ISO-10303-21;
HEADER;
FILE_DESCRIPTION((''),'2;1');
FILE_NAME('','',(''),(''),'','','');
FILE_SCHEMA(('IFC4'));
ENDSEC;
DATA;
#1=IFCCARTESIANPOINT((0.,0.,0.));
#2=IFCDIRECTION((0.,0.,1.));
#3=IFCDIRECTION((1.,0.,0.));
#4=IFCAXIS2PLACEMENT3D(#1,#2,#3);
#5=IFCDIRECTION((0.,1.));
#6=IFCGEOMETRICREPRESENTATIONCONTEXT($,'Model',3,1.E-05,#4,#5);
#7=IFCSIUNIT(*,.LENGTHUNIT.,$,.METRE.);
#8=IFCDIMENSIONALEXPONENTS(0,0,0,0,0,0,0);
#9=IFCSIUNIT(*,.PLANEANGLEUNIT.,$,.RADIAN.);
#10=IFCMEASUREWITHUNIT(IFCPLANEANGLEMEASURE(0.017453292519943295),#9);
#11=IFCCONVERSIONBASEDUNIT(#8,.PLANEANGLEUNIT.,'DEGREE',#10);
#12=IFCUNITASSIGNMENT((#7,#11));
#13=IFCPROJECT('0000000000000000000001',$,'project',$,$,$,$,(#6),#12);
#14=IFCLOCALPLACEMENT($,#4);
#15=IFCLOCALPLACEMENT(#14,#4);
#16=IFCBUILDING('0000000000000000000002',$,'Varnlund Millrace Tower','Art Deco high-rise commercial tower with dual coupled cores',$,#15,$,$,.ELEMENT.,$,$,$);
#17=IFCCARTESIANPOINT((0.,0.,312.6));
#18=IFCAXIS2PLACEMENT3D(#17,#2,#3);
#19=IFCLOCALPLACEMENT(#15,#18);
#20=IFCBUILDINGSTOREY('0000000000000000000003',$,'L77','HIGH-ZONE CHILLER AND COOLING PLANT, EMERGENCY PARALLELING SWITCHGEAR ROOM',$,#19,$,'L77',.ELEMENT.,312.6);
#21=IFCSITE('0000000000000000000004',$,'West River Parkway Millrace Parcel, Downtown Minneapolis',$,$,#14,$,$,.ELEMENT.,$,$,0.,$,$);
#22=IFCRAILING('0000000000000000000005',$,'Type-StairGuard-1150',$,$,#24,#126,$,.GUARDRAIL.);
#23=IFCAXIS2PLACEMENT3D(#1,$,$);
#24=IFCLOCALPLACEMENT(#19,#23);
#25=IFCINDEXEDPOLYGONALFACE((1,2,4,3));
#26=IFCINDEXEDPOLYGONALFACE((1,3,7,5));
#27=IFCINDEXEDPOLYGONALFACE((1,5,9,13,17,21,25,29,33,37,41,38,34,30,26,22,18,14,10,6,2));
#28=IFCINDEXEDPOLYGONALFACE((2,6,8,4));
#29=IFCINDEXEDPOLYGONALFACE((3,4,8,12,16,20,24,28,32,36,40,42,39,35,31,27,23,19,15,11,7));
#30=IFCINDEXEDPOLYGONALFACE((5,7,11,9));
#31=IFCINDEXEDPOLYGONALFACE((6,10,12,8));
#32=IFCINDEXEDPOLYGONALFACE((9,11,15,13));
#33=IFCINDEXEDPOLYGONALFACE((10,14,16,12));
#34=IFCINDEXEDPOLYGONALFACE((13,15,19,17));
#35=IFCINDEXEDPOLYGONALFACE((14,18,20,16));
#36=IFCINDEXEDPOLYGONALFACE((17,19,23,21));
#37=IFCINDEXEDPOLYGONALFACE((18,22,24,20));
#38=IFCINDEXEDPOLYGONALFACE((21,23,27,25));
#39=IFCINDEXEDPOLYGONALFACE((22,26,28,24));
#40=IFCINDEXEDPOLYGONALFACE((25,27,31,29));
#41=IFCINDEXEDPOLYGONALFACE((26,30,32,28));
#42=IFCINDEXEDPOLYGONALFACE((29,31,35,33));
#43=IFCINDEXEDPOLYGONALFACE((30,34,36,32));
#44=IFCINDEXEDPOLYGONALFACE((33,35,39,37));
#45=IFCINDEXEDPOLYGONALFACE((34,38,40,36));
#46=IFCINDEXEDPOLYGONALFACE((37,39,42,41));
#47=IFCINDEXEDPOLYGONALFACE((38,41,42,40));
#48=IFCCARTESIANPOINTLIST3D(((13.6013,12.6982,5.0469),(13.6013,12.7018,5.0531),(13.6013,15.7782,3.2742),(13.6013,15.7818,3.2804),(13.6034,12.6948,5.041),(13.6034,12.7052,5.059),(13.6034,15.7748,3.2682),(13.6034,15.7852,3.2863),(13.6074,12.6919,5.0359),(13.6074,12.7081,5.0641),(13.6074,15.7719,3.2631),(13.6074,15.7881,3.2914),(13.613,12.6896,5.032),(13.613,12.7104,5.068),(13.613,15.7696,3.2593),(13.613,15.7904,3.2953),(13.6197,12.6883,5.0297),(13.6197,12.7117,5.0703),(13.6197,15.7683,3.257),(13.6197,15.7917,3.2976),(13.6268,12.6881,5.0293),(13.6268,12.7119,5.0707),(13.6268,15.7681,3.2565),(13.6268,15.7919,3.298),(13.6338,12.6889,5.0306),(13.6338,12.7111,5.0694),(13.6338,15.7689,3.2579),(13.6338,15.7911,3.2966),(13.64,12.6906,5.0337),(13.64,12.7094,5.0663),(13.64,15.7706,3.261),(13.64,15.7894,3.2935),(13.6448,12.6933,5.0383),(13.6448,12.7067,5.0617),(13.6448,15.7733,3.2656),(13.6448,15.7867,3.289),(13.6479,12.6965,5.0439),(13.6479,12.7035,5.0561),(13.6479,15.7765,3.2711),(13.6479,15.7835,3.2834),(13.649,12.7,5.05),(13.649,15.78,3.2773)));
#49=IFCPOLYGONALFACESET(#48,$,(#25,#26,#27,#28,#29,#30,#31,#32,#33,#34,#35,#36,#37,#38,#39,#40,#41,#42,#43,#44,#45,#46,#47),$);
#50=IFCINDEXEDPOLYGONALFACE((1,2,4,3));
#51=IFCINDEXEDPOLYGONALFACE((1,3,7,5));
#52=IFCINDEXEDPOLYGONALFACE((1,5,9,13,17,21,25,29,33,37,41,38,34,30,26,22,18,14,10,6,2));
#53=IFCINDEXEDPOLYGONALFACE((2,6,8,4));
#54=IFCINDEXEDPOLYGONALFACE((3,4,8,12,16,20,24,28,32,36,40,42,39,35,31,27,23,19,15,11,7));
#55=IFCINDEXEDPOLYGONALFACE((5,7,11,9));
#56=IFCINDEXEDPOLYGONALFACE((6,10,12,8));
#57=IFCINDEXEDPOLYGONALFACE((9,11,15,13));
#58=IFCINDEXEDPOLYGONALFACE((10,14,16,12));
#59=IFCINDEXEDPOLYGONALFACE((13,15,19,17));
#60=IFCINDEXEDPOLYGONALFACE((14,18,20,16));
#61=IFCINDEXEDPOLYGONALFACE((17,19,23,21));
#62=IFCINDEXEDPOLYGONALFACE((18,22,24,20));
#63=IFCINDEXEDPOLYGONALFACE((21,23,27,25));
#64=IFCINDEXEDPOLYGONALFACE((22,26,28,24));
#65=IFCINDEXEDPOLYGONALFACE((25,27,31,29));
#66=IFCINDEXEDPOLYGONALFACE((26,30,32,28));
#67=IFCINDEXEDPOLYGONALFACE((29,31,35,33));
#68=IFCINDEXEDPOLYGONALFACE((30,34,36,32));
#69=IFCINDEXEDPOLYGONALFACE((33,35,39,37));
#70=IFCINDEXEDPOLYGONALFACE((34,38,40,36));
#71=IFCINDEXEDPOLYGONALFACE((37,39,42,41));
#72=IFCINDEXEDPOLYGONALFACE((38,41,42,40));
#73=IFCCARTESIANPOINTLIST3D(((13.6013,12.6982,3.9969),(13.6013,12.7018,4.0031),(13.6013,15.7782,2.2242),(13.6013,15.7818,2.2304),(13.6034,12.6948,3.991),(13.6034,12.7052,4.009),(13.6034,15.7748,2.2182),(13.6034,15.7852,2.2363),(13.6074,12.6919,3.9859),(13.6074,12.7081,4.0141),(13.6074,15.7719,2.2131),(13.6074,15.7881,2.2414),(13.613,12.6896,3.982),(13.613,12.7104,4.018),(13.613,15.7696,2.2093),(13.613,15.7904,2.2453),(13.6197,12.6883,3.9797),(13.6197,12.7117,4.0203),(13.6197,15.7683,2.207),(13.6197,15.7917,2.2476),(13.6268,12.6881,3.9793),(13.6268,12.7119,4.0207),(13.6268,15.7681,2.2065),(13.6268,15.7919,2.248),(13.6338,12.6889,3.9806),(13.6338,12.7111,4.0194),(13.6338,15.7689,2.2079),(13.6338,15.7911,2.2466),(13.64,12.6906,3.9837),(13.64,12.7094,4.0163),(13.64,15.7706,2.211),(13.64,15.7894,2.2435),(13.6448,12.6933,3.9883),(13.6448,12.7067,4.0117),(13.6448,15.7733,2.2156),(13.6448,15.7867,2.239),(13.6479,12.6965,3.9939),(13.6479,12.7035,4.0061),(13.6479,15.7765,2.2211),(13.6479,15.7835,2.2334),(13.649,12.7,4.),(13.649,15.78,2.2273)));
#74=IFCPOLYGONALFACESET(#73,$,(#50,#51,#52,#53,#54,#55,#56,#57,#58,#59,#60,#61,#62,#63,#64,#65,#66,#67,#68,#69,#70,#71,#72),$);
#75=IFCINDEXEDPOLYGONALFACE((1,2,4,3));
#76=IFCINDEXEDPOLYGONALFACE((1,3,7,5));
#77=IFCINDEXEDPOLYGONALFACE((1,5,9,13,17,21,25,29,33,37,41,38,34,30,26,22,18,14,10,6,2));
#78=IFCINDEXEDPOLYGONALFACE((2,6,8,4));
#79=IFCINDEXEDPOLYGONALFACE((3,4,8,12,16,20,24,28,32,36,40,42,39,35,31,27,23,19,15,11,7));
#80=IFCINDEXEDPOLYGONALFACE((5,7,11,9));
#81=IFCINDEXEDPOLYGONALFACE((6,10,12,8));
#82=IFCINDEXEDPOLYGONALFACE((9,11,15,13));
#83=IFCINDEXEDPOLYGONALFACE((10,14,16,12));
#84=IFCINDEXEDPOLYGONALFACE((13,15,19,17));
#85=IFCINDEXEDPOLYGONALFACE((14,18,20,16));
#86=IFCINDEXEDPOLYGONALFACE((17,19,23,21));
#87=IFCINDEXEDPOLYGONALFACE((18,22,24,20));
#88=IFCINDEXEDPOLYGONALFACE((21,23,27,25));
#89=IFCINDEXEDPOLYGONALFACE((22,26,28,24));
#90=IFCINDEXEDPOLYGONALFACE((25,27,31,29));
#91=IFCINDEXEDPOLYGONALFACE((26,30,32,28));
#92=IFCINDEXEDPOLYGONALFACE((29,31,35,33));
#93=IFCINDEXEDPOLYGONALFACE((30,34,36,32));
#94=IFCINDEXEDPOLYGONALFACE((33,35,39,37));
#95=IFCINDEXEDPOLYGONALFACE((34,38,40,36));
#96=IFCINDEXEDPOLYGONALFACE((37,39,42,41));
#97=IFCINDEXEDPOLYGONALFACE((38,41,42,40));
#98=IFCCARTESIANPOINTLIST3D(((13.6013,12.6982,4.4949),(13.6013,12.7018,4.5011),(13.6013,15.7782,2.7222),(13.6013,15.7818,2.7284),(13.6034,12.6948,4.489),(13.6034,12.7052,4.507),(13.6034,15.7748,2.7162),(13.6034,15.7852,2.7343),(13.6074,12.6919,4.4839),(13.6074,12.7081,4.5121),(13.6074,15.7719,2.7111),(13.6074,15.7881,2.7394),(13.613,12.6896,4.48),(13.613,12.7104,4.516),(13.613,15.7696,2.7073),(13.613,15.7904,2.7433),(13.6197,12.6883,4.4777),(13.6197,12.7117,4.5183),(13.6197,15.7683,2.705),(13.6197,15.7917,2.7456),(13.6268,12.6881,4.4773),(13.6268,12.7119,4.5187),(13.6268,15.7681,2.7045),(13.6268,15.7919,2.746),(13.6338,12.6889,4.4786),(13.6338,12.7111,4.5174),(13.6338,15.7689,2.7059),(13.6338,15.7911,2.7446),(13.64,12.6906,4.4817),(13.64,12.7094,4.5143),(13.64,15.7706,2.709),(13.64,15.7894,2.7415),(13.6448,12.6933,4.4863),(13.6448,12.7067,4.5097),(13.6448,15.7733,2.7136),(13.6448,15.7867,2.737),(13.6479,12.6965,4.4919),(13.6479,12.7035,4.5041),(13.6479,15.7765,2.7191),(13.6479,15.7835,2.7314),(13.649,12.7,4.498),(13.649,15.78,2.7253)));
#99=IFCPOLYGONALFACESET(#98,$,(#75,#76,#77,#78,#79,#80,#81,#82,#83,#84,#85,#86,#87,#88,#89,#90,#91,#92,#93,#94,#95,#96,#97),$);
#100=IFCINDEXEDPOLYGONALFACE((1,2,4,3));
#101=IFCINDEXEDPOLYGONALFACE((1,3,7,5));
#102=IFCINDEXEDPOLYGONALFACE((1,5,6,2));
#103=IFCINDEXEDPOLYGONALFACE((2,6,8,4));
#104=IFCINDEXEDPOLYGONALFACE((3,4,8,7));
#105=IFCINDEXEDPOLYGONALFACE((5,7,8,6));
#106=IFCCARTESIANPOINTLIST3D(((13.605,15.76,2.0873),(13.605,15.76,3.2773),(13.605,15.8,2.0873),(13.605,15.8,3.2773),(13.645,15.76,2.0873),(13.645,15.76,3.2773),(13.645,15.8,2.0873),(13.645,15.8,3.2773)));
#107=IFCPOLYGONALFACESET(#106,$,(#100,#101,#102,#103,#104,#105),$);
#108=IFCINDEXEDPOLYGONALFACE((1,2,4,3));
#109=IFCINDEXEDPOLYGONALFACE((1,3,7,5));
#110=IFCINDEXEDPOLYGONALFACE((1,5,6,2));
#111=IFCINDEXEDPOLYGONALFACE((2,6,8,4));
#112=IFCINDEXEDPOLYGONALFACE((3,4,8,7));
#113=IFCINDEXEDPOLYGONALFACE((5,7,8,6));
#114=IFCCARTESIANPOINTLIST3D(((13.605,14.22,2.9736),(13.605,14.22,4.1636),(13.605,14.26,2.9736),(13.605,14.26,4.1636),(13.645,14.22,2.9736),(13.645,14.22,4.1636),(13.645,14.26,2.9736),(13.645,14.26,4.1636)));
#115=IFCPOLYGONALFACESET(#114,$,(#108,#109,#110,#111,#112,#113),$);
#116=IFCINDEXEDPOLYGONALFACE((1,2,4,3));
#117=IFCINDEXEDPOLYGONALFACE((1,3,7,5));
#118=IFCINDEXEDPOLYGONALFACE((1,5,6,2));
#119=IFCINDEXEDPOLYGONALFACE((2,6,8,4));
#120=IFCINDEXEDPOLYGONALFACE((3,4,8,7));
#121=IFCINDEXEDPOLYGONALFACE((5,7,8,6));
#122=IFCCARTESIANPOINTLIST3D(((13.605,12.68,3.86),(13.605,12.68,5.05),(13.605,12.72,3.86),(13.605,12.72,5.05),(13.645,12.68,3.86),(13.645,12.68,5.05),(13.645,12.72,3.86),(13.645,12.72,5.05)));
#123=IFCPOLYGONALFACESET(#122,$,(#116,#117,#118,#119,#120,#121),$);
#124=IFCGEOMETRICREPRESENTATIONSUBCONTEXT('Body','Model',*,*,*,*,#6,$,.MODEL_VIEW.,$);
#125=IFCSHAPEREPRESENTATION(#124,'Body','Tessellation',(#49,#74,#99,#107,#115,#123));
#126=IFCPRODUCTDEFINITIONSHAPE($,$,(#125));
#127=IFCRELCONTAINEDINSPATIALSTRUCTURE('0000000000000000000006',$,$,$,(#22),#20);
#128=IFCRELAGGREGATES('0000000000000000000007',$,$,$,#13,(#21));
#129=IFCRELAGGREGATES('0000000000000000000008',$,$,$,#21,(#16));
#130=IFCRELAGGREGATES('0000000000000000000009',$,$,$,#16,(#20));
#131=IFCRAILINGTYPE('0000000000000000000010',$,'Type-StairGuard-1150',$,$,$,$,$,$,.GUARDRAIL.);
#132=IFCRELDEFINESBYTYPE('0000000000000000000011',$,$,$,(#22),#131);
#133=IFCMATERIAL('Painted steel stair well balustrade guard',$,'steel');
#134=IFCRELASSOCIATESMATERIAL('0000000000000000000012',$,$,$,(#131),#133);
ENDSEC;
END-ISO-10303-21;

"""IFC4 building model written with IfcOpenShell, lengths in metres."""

from ifc_helpers import new_model, entity, si_unit, converted_unit, direction, frame, origin_with_axes, origin_2d_with_axis, place, context, subcontext, project, spatial, rectangle, circle, extrude, material, type_object, element, save


model = new_model("IFC4")

# Units and contexts
model_context = context("Model", 3, precision=1e-05, world=origin_with_axes(), true_north=direction((0.0, 1.0)))
body_context = subcontext(model_context, "Body", "Model", "MODEL_VIEW")
ifc_project = project(units=[si_unit("LENGTHUNIT", "METRE"), converted_unit("PLANEANGLEUNIT", "DEGREE", entity("IfcPlaneAngleMeasure", 0.017453292519943295), si_unit("PLANEANGLEUNIT", "RADIAN"), dimensions=[0, 0, 0, 0, 0, 0, 0])], contexts=[model_context])

# Site, building, storey
site_placement = place(None, origin_with_axes())
site = spatial("IfcSite", under=ifc_project, at=site_placement, Name="West River Parkway Millrace Parcel, Downtown Minneapolis", CompositionType="ELEMENT", RefElevation=0.0)
building_placement = place(site_placement, origin_with_axes())
building = spatial("IfcBuilding", under=site, at=building_placement, Name="Varnlund Millrace Tower", Description="Art Deco high-rise commercial tower with dual coupled cores", CompositionType="ELEMENT")
storey_placement = place(building_placement, frame((0.0, 0.0, 312.6), z_axis=(0.0, 0.0, 1.0), x_axis=(1.0, 0.0, 0.0)))
storey = spatial("IfcBuildingStorey", under=building, at=storey_placement, Name="L77", Description="HIGH-ZONE CHILLER AND COOLING PLANT, EMERGENCY PARALLELING SWITCHGEAR ROOM", LongName="L77", CompositionType="ELEMENT", Elevation=312.6)

# Railing
ifc_material_1 = material(Name="Painted steel stair well balustrade guard", Category="steel")
railing_type_1 = type_object("IfcRailingType", Name="Type-StairGuard-1150", PredefinedType="GUARDRAIL", material=ifc_material_1)
railing_1_placement = place(storey_placement, frame((0.0, 0.0, -312.6), z_axis=(0.0, 0.0, 1.0), x_axis=(1.0, 0.0, 0.0)))
element("IfcRailing", 1, at=railing_1_placement, inside=storey, type_object=railing_type_1, Name="Type-StairGuard-1150", PredefinedType="GUARDRAIL", context=body_context, shape_type="SweptSolid", body=[
    extrude(circle(Radius=0.024, at=origin_2d_with_axis()), frame((13.625, 15.78, 315.8773), z_axis=(0.0, -0.866696, 0.498836), x_axis=(1.0, 0.0, 0.0)), (0.0, 0.0, 1.0), 3.5537),
    extrude(circle(Radius=0.024, at=origin_2d_with_axis()), frame((13.625, 15.78, 314.8273), z_axis=(0.0, -0.866696, 0.498836), x_axis=(1.0, 0.0, 0.0)), (0.0, 0.0, 1.0), 3.5537),
    extrude(circle(Radius=0.024, at=origin_2d_with_axis()), frame((13.625, 15.78, 315.3253), z_axis=(0.0, -0.866696, 0.498836), x_axis=(1.0, 0.0, 0.0)), (0.0, 0.0, 1.0), 3.5537),
    extrude(rectangle(XDim=0.04, YDim=0.04, at=origin_2d_with_axis()), frame((13.625, 15.78, 314.6873), z_axis=(0.0, 0.0, 1.0), x_axis=(1.0, 0.0, 0.0)), (0.0, 0.0, 1.0), 1.19),
    extrude(rectangle(XDim=0.04, YDim=0.04, at=origin_2d_with_axis()), frame((13.625, 14.24, 315.5736), z_axis=(0.0, 0.0, 1.0), x_axis=(1.0, 0.0, 0.0)), (0.0, 0.0, 1.0), 1.19),
    extrude(rectangle(XDim=0.04, YDim=0.04, at=origin_2d_with_axis()), frame((13.625, 12.7, 316.46), z_axis=(0.0, 0.0, 1.0), x_axis=(1.0, 0.0, 0.0)), (0.0, 0.0, 1.0), 1.19),
])

save(model, "model.ifc")
